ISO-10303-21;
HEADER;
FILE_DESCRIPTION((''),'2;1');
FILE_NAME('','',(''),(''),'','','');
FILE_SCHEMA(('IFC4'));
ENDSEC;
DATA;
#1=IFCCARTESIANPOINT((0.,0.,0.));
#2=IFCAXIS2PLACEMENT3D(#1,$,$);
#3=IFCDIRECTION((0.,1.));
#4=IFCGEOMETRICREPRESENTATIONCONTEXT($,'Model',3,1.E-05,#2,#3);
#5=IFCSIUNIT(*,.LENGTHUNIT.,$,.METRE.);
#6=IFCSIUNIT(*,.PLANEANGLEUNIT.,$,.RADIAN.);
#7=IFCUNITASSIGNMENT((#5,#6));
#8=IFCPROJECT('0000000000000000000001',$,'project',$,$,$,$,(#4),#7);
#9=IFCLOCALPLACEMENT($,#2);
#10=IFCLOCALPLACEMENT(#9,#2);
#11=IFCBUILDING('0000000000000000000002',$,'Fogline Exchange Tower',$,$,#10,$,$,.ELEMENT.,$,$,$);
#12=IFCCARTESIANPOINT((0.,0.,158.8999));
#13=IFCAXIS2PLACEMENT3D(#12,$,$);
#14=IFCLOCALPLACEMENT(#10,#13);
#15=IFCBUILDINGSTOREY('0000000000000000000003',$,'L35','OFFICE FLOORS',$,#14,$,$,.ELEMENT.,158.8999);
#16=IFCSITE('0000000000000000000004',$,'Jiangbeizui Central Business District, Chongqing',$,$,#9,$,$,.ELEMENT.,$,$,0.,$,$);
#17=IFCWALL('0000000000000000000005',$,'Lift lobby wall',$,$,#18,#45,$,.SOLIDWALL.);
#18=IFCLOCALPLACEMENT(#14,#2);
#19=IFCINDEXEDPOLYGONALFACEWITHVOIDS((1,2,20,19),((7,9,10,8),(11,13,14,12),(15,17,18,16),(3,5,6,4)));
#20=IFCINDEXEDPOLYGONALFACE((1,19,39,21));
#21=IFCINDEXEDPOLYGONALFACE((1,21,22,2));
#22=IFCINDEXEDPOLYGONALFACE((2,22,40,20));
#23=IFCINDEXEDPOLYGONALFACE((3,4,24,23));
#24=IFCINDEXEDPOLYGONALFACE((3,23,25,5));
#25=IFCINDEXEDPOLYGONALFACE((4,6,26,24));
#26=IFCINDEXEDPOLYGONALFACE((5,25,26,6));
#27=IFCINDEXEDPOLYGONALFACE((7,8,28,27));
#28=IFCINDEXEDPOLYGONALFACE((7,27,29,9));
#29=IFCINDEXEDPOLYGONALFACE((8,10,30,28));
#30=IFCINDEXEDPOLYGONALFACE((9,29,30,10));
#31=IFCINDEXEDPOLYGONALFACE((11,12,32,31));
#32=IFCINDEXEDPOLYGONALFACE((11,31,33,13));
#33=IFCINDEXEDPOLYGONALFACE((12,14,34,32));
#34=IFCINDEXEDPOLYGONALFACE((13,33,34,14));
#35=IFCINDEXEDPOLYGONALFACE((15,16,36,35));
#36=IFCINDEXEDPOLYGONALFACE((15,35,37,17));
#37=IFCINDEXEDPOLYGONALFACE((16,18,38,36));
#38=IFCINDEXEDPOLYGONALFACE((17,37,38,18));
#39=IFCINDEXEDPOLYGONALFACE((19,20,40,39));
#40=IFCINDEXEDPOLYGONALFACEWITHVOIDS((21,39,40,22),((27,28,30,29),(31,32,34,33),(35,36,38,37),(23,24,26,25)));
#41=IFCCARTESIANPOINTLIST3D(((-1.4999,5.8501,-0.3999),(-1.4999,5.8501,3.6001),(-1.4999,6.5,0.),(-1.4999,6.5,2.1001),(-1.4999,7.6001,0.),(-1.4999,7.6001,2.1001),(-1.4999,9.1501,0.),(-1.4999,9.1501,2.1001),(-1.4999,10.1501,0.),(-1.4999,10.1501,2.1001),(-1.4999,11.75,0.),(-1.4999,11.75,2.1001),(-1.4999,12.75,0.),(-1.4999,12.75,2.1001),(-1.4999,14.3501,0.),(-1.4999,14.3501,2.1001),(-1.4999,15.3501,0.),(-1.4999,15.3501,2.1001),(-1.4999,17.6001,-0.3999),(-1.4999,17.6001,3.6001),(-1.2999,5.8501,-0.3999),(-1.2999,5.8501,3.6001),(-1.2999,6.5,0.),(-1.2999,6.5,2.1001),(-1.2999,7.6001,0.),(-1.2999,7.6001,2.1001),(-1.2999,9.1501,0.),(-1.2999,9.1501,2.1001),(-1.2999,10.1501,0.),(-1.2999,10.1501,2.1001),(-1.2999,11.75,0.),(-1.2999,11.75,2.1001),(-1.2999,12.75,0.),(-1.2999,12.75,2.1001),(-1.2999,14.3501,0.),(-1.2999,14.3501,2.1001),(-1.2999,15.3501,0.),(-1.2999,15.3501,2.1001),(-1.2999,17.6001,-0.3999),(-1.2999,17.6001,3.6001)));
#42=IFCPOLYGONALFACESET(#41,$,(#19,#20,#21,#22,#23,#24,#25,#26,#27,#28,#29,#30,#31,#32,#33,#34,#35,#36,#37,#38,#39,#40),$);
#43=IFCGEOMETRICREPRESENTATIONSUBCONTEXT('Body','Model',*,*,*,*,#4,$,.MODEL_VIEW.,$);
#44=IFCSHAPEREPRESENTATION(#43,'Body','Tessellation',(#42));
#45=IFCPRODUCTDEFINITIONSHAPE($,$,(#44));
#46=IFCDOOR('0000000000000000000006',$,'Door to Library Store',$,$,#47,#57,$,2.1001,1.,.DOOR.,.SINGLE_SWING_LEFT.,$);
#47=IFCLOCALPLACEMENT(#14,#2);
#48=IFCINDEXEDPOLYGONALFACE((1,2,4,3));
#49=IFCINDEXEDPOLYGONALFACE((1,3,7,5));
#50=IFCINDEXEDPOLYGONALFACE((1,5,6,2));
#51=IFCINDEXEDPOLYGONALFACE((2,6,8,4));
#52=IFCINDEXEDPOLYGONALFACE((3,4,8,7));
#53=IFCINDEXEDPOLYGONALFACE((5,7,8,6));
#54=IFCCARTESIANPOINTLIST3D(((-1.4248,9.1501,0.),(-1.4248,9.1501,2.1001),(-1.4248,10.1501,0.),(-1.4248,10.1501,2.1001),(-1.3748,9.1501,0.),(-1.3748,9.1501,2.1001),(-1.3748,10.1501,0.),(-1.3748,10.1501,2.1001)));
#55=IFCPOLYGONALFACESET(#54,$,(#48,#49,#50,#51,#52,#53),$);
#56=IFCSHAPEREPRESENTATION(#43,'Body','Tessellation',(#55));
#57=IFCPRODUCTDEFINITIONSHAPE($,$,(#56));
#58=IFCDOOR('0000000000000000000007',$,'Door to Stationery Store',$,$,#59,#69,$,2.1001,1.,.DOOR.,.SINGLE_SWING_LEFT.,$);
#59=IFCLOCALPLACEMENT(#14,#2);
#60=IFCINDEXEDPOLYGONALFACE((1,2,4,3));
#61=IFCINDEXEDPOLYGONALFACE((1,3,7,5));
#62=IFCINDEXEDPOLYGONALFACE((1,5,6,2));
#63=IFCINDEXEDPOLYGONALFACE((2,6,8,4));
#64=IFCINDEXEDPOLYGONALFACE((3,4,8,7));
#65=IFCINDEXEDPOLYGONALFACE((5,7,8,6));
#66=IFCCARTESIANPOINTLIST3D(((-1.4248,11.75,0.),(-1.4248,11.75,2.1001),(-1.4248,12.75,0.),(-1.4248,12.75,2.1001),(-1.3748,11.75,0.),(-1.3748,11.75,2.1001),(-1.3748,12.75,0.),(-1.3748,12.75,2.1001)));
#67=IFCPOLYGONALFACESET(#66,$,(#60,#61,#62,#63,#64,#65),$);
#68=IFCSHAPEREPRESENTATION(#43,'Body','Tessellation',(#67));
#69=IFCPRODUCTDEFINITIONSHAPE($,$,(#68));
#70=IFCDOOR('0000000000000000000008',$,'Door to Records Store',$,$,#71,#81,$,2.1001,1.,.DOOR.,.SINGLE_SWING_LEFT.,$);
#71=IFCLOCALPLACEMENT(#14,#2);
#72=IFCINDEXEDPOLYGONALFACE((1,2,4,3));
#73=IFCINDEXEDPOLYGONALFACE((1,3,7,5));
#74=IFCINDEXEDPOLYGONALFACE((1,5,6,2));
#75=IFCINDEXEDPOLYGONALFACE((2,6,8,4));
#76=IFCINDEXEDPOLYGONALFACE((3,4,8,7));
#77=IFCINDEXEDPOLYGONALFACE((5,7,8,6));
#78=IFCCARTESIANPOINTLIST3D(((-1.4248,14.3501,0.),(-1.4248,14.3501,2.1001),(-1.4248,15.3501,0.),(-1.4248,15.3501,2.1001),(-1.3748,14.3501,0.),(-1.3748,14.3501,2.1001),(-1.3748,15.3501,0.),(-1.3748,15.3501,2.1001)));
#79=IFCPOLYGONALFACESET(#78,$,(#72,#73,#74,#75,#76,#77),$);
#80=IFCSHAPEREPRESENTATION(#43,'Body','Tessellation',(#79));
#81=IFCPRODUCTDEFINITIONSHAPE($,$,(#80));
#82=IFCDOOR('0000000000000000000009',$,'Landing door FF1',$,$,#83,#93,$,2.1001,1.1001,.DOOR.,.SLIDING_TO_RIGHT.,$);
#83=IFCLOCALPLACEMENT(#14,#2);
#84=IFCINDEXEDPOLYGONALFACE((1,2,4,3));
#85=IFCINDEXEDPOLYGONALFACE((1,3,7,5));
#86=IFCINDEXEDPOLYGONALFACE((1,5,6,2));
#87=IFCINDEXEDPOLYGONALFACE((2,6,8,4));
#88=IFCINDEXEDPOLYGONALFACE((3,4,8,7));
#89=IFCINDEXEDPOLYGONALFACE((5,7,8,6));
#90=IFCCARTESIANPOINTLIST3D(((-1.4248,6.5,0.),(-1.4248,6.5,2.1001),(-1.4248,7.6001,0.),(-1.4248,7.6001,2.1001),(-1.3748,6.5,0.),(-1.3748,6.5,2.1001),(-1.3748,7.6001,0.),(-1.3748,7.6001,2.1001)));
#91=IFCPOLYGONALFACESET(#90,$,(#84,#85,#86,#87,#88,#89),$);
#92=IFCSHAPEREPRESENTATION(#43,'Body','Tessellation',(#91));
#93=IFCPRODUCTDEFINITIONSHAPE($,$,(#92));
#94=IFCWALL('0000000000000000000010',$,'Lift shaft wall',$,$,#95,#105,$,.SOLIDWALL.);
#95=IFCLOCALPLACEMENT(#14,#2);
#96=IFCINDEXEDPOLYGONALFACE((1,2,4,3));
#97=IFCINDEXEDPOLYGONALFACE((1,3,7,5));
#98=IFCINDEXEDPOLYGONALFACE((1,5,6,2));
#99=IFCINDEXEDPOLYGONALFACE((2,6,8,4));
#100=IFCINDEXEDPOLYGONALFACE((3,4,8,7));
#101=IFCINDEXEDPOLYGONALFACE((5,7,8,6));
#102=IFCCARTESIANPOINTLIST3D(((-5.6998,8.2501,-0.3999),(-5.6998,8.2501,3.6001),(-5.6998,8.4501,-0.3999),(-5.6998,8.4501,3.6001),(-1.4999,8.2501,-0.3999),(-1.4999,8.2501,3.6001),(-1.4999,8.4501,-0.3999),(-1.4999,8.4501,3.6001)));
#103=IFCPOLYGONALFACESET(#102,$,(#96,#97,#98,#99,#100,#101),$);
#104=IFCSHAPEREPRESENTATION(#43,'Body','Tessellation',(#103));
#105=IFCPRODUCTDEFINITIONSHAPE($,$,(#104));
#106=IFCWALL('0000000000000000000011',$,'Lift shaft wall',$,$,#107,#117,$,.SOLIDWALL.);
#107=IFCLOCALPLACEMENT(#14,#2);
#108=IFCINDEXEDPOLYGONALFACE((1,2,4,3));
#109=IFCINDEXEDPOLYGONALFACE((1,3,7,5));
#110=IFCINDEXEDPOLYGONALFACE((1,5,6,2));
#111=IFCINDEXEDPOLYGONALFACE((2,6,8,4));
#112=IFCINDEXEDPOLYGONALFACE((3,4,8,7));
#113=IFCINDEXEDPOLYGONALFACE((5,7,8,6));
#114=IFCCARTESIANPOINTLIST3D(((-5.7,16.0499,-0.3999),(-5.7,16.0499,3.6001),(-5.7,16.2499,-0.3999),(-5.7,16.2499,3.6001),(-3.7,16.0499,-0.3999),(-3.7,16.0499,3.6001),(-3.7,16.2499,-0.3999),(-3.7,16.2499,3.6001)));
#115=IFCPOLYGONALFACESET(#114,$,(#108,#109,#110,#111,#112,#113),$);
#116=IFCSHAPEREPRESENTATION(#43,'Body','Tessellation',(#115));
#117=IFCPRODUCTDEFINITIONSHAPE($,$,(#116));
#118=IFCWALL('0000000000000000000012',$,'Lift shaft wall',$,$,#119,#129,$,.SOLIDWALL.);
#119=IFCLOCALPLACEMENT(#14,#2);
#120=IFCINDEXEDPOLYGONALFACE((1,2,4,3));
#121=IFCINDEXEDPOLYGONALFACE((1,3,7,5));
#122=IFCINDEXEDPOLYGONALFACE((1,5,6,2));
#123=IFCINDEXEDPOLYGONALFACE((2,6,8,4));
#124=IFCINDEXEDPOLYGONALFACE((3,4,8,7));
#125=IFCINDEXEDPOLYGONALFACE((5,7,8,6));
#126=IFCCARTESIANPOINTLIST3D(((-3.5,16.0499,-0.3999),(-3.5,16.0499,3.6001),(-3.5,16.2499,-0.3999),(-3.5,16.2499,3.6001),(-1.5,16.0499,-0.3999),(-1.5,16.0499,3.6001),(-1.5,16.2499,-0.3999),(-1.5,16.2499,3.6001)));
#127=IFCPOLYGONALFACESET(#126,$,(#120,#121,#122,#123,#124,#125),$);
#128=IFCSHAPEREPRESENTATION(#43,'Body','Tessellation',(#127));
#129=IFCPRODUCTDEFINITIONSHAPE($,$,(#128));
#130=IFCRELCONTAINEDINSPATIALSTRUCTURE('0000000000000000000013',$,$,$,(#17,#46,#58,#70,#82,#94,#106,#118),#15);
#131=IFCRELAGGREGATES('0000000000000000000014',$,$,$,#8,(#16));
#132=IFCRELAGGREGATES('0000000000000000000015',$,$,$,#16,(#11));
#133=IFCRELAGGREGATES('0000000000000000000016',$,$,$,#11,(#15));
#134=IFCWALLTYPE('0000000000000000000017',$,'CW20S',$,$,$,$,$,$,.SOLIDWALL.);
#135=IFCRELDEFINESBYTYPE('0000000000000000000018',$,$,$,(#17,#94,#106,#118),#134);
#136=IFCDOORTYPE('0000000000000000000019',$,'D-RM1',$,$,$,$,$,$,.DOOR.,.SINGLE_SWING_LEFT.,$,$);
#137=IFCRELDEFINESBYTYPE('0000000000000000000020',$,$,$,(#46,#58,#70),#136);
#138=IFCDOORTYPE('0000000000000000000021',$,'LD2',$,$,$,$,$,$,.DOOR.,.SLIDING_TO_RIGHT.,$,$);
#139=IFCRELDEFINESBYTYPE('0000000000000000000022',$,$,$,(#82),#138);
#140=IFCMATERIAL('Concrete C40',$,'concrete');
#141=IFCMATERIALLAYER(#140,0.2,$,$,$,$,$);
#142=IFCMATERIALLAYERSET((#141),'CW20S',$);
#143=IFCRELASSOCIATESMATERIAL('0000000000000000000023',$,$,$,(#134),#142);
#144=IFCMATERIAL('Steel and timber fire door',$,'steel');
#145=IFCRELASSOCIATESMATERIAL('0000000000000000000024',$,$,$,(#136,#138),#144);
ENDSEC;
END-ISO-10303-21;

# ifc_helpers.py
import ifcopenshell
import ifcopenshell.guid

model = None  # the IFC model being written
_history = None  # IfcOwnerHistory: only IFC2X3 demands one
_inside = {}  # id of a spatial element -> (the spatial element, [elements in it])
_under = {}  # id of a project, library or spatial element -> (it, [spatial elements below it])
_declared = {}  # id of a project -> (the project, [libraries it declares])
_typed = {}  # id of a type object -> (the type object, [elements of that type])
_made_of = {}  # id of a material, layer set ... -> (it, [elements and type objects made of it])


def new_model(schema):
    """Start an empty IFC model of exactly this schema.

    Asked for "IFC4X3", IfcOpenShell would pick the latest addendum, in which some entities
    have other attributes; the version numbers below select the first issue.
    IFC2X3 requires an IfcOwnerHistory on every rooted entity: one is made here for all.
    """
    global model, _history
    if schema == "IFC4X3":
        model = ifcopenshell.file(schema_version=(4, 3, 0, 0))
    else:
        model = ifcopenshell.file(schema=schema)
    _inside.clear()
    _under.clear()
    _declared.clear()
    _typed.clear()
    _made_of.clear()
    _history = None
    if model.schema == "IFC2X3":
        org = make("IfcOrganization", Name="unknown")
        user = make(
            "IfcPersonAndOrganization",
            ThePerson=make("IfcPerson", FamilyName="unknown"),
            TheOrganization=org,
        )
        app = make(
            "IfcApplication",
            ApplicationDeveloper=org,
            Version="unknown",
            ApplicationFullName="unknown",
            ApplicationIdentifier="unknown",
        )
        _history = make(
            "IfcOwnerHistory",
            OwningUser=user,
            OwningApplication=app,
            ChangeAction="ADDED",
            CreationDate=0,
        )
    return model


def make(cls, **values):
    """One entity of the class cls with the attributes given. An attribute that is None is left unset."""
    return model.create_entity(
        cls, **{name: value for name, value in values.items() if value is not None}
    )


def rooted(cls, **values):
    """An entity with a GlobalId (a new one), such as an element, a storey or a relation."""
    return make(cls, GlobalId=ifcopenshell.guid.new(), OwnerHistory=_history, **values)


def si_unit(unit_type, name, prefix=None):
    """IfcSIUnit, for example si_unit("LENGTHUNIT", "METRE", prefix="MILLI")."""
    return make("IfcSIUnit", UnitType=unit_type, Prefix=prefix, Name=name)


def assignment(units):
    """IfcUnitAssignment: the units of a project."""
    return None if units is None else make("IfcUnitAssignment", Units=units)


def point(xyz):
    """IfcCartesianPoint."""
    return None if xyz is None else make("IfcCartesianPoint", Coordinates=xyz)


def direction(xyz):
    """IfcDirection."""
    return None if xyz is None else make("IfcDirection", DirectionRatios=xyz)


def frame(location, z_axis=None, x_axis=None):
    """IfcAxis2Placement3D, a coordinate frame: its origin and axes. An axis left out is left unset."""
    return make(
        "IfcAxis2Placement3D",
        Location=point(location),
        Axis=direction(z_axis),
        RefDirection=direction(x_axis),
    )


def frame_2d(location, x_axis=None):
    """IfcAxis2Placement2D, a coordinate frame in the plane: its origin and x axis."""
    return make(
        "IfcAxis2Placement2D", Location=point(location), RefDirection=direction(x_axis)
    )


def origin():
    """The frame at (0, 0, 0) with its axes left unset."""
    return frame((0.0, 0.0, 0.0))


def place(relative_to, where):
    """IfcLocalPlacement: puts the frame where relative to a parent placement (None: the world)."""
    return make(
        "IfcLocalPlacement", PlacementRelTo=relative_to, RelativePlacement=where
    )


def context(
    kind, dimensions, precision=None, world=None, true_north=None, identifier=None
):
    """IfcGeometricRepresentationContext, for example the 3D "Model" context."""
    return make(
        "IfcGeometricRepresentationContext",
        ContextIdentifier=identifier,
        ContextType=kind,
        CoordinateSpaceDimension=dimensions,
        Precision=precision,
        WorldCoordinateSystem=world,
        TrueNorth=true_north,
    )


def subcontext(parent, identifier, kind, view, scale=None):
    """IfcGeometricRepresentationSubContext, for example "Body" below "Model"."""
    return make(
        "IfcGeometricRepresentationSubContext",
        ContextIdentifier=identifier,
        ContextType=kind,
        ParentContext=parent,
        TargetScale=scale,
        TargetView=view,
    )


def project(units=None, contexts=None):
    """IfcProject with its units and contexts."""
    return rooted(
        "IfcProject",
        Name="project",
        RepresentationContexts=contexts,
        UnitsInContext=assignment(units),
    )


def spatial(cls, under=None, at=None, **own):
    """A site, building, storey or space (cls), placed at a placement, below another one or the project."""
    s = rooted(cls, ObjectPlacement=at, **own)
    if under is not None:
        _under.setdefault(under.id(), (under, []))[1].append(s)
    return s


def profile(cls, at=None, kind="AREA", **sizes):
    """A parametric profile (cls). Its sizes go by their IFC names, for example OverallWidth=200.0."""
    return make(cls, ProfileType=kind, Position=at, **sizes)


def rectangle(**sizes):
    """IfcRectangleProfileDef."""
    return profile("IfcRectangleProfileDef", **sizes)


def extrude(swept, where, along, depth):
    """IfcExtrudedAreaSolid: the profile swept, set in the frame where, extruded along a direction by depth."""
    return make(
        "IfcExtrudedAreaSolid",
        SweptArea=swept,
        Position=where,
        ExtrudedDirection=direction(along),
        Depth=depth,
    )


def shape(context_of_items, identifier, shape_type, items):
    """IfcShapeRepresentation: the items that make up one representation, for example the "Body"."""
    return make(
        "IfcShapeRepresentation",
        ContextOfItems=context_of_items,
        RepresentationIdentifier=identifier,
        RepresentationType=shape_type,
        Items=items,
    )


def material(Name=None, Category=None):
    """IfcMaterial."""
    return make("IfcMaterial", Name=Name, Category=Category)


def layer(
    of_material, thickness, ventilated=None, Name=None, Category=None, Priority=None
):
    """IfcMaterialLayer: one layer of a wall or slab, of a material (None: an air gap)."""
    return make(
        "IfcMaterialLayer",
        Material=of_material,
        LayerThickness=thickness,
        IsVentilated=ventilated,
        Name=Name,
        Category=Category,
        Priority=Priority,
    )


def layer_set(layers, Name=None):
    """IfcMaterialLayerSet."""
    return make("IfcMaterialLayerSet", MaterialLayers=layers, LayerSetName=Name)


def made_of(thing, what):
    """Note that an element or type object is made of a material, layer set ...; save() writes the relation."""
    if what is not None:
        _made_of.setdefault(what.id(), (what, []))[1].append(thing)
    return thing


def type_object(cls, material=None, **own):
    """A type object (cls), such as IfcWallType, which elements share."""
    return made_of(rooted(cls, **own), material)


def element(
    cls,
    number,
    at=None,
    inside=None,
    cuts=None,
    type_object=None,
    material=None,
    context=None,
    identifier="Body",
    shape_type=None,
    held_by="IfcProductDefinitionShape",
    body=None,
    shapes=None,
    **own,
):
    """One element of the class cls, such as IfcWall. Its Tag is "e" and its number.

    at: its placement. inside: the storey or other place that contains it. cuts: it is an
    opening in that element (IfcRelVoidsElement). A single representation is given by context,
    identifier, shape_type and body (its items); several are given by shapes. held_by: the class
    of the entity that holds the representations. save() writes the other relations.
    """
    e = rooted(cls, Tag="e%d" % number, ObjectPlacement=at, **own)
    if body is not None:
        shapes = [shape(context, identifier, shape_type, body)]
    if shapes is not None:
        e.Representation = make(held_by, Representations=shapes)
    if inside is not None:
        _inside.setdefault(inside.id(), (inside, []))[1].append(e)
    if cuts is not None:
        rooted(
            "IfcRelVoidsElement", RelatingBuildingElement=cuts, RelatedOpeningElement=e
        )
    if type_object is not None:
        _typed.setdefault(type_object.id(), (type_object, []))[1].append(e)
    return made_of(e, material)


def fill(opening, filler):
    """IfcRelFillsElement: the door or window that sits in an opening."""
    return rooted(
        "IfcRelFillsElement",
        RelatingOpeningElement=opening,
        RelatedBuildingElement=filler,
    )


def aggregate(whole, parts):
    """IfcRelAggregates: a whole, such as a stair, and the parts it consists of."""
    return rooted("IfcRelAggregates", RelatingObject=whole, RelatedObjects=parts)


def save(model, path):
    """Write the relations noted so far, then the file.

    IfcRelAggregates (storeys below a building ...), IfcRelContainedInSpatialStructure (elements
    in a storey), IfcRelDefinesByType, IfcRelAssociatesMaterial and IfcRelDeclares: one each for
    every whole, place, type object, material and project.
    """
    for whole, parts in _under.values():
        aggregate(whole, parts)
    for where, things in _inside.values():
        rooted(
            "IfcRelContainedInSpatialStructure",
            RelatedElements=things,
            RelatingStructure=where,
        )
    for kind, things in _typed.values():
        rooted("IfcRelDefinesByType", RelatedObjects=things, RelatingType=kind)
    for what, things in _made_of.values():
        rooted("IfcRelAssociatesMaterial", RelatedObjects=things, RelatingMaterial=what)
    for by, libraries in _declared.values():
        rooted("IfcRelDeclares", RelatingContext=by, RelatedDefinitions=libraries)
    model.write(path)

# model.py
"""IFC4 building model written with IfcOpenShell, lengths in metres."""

from ifc_helpers import new_model, si_unit, direction, frame, frame_2d, origin, place, context, subcontext, project, spatial, rectangle, extrude, material, layer, layer_set, type_object, element, fill, save


model = new_model("IFC4")

# Units and contexts
model_context = context("Model", 3, precision=1e-05, world=origin(), true_north=direction((0.0, 1.0)))
body_context = subcontext(model_context, "Body", "Model", "MODEL_VIEW")
ifc_project = project(units=[si_unit("LENGTHUNIT", "METRE"), si_unit("PLANEANGLEUNIT", "RADIAN")], contexts=[model_context])

# Site, building, storey
site_placement = place(None, origin())
site = spatial("IfcSite", under=ifc_project, at=site_placement, Name="Jiangbeizui Central Business District, Chongqing", CompositionType="ELEMENT", RefElevation=0.0)
building_placement = place(site_placement, origin())
building = spatial("IfcBuilding", under=site, at=building_placement, Name="Fogline Exchange Tower", CompositionType="ELEMENT")
storey_placement = place(building_placement, frame((0.0, 0.0, 158.8999)))
storey = spatial("IfcBuildingStorey", under=building, at=storey_placement, Name="L35", Description="OFFICE FLOORS", CompositionType="ELEMENT", Elevation=158.8999)

# Shared definitions
ifc_material_1 = material(Name="Steel and timber fire door", Category="steel")

# Shared definitions
ifc_material_2 = material(Name="Concrete C40", Category="concrete")

# Shared definitions
ifc_layer_1 = layer(ifc_material_2, 0.2)
ifc_layer_set_1 = layer_set([ifc_layer_1], Name="CW20S")
wall_type_1 = type_object("IfcWallType", Name="CW20S", PredefinedType="SOLIDWALL", material=ifc_layer_set_1)
door_type_1 = type_object("IfcDoorType", Name="D-RM1", OperationType="SINGLE_SWING_LEFT", PredefinedType="DOOR", material=ifc_material_1)

# Wall, openings, doors
wall_1_placement = place(storey_placement, frame((-1.3999, 5.8501, -0.3999), z_axis=(0.0, 0.0, 1.0), x_axis=(0.0, 1.0, 0.0)))
wall_1 = element("IfcWall", 1, at=wall_1_placement, inside=storey, type_object=wall_type_1, Name="Lift lobby wall", PredefinedType="SOLIDWALL", context=body_context, shape_type="SweptSolid", body=[
    extrude(rectangle(XDim=11.75, YDim=0.2, at=frame_2d((5.875, 0.0))), origin(), (0.0, 0.0, 1.0), 4.0),
])
opening_1_placement = place(wall_1_placement, frame((0.6499, 0.0, 0.3999)))
opening_1 = element("IfcOpeningElement", 2, at=opening_1_placement, cuts=wall_1, PredefinedType="OPENING", context=body_context, shape_type="SweptSolid", body=[
    extrude(rectangle(XDim=1.1001, YDim=2.1001, at=frame_2d((0.55, 1.05))), frame((0.0, 0.1099, 0.0), z_axis=(0.0, -1.0, 0.0), x_axis=(1.0, 0.0, 0.0)), (0.0, 0.0, 1.0), 0.22),
])
opening_2_placement = place(wall_1_placement, frame((3.3, 0.0, 0.3999)))
opening_2 = element("IfcOpeningElement", 3, at=opening_2_placement, cuts=wall_1, PredefinedType="OPENING", context=body_context, shape_type="SweptSolid", body=[
    extrude(rectangle(XDim=1.0, YDim=2.1001, at=frame_2d((0.5, 1.05))), frame((0.0, 0.1099, 0.0), z_axis=(0.0, -1.0, 0.0), x_axis=(1.0, 0.0, 0.0)), (0.0, 0.0, 1.0), 0.22),
])
opening_3_placement = place(wall_1_placement, frame((5.8999, 0.0, 0.3999)))
opening_3 = element("IfcOpeningElement", 4, at=opening_3_placement, cuts=wall_1, PredefinedType="OPENING", context=body_context, shape_type="SweptSolid", body=[
    extrude(rectangle(XDim=1.0, YDim=2.1001, at=frame_2d((0.5, 1.05))), frame((0.0, 0.1099, 0.0), z_axis=(0.0, -1.0, 0.0), x_axis=(1.0, 0.0, 0.0)), (0.0, 0.0, 1.0), 0.22),
])
opening_4_placement = place(wall_1_placement, frame((8.5, 0.0, 0.3999)))
opening_4 = element("IfcOpeningElement", 5, at=opening_4_placement, cuts=wall_1, PredefinedType="OPENING", context=body_context, shape_type="SweptSolid", body=[
    extrude(rectangle(XDim=1.0, YDim=2.1001, at=frame_2d((0.5, 1.05))), frame((0.0, 0.1099, 0.0), z_axis=(0.0, -1.0, 0.0), x_axis=(1.0, 0.0, 0.0)), (0.0, 0.0, 1.0), 0.22),
])
door_1_placement = place(opening_2_placement, origin())
door_1 = element("IfcDoor", 6, at=door_1_placement, inside=storey, type_object=door_type_1, Name="Door to Library Store", OperationType="SINGLE_SWING_LEFT", OverallHeight=2.1001, OverallWidth=1.0, PredefinedType="DOOR", context=body_context, shape_type="SweptSolid", body=[
    extrude(rectangle(XDim=1.0, YDim=2.1001, at=frame_2d((0.5, 1.05))), frame((0.0, 0.0249, 0.0), z_axis=(0.0, -1.0, 0.0), x_axis=(1.0, 0.0, 0.0)), (0.0, 0.0, 1.0), 0.05),
])
fill(opening_2, door_1)
door_2_placement = place(opening_3_placement, origin())
door_2 = element("IfcDoor", 7, at=door_2_placement, inside=storey, type_object=door_type_1, Name="Door to Stationery Store", OperationType="SINGLE_SWING_LEFT", OverallHeight=2.1001, OverallWidth=1.0, PredefinedType="DOOR", context=body_context, shape_type="SweptSolid", body=[
    extrude(rectangle(XDim=1.0, YDim=2.1001, at=frame_2d((0.5, 1.05))), frame((0.0, 0.0249, 0.0), z_axis=(0.0, -1.0, 0.0), x_axis=(1.0, 0.0, 0.0)), (0.0, 0.0, 1.0), 0.05),
])
fill(opening_3, door_2)
door_3_placement = place(opening_4_placement, origin())
door_3 = element("IfcDoor", 8, at=door_3_placement, inside=storey, type_object=door_type_1, Name="Door to Records Store", OperationType="SINGLE_SWING_LEFT", OverallHeight=2.1001, OverallWidth=1.0, PredefinedType="DOOR", context=body_context, shape_type="SweptSolid", body=[
    extrude(rectangle(XDim=1.0, YDim=2.1001, at=frame_2d((0.5, 1.05))), frame((0.0, 0.0249, 0.0), z_axis=(0.0, -1.0, 0.0), x_axis=(1.0, 0.0, 0.0)), (0.0, 0.0, 1.0), 0.05),
])
fill(opening_4, door_3)
door_type_2 = type_object("IfcDoorType", Name="LD2", OperationType="SLIDING_TO_RIGHT", PredefinedType="DOOR", material=ifc_material_1)
door_4_placement = place(opening_1_placement, origin())
door_4 = element("IfcDoor", 9, at=door_4_placement, inside=storey, type_object=door_type_2, Name="Landing door FF1", OperationType="SLIDING_TO_RIGHT", OverallHeight=2.1001, OverallWidth=1.1001, PredefinedType="DOOR", context=body_context, shape_type="SweptSolid", body=[
    extrude(rectangle(XDim=1.1001, YDim=2.1001, at=frame_2d((0.55, 1.05))), frame((0.0, 0.0249, 0.0), z_axis=(0.0, -1.0, 0.0), x_axis=(1.0, 0.0, 0.0)), (0.0, 0.0, 1.0), 0.05),
])
fill(opening_1, door_4)

# Walls
wall_2_placement = place(storey_placement, frame((-5.7, 8.3501, -0.3999), z_axis=(0.0, 0.0, 1.0), x_axis=(1.0, 0.0, 0.0)))
element("IfcWall", 10, at=wall_2_placement, inside=storey, type_object=wall_type_1, Name="Lift shaft wall", PredefinedType="SOLIDWALL", context=body_context, shape_type="SweptSolid", body=[
    extrude(rectangle(XDim=4.2, YDim=0.2, at=frame_2d((2.1001, 0.0))), origin(), (0.0, 0.0, 1.0), 4.0),
])
for number, where, z_axis, x_axis, name in (
    (11, (-5.7, 16.1499, -0.3999), (0.0, 0.0, 1.0), (1.0, 0.0, 0.0), "Lift shaft wall"),
    (12, (-3.5, 16.1499, -0.3999), (0.0, 0.0, 1.0), (1.0, 0.0, 0.0), "Lift shaft wall"),
):
    element("IfcWall", number, at=place(storey_placement, frame(where, z_axis=z_axis, x_axis=x_axis)), inside=storey, type_object=wall_type_1, Name=name, PredefinedType="SOLIDWALL", context=body_context, shape_type="SweptSolid", body=[
        extrude(rectangle(XDim=2.0, YDim=0.2, at=frame_2d((1.0, 0.0))), origin(), (0.0, 0.0, 1.0), 4.0),
    ])

save(model, "model.ifc")
